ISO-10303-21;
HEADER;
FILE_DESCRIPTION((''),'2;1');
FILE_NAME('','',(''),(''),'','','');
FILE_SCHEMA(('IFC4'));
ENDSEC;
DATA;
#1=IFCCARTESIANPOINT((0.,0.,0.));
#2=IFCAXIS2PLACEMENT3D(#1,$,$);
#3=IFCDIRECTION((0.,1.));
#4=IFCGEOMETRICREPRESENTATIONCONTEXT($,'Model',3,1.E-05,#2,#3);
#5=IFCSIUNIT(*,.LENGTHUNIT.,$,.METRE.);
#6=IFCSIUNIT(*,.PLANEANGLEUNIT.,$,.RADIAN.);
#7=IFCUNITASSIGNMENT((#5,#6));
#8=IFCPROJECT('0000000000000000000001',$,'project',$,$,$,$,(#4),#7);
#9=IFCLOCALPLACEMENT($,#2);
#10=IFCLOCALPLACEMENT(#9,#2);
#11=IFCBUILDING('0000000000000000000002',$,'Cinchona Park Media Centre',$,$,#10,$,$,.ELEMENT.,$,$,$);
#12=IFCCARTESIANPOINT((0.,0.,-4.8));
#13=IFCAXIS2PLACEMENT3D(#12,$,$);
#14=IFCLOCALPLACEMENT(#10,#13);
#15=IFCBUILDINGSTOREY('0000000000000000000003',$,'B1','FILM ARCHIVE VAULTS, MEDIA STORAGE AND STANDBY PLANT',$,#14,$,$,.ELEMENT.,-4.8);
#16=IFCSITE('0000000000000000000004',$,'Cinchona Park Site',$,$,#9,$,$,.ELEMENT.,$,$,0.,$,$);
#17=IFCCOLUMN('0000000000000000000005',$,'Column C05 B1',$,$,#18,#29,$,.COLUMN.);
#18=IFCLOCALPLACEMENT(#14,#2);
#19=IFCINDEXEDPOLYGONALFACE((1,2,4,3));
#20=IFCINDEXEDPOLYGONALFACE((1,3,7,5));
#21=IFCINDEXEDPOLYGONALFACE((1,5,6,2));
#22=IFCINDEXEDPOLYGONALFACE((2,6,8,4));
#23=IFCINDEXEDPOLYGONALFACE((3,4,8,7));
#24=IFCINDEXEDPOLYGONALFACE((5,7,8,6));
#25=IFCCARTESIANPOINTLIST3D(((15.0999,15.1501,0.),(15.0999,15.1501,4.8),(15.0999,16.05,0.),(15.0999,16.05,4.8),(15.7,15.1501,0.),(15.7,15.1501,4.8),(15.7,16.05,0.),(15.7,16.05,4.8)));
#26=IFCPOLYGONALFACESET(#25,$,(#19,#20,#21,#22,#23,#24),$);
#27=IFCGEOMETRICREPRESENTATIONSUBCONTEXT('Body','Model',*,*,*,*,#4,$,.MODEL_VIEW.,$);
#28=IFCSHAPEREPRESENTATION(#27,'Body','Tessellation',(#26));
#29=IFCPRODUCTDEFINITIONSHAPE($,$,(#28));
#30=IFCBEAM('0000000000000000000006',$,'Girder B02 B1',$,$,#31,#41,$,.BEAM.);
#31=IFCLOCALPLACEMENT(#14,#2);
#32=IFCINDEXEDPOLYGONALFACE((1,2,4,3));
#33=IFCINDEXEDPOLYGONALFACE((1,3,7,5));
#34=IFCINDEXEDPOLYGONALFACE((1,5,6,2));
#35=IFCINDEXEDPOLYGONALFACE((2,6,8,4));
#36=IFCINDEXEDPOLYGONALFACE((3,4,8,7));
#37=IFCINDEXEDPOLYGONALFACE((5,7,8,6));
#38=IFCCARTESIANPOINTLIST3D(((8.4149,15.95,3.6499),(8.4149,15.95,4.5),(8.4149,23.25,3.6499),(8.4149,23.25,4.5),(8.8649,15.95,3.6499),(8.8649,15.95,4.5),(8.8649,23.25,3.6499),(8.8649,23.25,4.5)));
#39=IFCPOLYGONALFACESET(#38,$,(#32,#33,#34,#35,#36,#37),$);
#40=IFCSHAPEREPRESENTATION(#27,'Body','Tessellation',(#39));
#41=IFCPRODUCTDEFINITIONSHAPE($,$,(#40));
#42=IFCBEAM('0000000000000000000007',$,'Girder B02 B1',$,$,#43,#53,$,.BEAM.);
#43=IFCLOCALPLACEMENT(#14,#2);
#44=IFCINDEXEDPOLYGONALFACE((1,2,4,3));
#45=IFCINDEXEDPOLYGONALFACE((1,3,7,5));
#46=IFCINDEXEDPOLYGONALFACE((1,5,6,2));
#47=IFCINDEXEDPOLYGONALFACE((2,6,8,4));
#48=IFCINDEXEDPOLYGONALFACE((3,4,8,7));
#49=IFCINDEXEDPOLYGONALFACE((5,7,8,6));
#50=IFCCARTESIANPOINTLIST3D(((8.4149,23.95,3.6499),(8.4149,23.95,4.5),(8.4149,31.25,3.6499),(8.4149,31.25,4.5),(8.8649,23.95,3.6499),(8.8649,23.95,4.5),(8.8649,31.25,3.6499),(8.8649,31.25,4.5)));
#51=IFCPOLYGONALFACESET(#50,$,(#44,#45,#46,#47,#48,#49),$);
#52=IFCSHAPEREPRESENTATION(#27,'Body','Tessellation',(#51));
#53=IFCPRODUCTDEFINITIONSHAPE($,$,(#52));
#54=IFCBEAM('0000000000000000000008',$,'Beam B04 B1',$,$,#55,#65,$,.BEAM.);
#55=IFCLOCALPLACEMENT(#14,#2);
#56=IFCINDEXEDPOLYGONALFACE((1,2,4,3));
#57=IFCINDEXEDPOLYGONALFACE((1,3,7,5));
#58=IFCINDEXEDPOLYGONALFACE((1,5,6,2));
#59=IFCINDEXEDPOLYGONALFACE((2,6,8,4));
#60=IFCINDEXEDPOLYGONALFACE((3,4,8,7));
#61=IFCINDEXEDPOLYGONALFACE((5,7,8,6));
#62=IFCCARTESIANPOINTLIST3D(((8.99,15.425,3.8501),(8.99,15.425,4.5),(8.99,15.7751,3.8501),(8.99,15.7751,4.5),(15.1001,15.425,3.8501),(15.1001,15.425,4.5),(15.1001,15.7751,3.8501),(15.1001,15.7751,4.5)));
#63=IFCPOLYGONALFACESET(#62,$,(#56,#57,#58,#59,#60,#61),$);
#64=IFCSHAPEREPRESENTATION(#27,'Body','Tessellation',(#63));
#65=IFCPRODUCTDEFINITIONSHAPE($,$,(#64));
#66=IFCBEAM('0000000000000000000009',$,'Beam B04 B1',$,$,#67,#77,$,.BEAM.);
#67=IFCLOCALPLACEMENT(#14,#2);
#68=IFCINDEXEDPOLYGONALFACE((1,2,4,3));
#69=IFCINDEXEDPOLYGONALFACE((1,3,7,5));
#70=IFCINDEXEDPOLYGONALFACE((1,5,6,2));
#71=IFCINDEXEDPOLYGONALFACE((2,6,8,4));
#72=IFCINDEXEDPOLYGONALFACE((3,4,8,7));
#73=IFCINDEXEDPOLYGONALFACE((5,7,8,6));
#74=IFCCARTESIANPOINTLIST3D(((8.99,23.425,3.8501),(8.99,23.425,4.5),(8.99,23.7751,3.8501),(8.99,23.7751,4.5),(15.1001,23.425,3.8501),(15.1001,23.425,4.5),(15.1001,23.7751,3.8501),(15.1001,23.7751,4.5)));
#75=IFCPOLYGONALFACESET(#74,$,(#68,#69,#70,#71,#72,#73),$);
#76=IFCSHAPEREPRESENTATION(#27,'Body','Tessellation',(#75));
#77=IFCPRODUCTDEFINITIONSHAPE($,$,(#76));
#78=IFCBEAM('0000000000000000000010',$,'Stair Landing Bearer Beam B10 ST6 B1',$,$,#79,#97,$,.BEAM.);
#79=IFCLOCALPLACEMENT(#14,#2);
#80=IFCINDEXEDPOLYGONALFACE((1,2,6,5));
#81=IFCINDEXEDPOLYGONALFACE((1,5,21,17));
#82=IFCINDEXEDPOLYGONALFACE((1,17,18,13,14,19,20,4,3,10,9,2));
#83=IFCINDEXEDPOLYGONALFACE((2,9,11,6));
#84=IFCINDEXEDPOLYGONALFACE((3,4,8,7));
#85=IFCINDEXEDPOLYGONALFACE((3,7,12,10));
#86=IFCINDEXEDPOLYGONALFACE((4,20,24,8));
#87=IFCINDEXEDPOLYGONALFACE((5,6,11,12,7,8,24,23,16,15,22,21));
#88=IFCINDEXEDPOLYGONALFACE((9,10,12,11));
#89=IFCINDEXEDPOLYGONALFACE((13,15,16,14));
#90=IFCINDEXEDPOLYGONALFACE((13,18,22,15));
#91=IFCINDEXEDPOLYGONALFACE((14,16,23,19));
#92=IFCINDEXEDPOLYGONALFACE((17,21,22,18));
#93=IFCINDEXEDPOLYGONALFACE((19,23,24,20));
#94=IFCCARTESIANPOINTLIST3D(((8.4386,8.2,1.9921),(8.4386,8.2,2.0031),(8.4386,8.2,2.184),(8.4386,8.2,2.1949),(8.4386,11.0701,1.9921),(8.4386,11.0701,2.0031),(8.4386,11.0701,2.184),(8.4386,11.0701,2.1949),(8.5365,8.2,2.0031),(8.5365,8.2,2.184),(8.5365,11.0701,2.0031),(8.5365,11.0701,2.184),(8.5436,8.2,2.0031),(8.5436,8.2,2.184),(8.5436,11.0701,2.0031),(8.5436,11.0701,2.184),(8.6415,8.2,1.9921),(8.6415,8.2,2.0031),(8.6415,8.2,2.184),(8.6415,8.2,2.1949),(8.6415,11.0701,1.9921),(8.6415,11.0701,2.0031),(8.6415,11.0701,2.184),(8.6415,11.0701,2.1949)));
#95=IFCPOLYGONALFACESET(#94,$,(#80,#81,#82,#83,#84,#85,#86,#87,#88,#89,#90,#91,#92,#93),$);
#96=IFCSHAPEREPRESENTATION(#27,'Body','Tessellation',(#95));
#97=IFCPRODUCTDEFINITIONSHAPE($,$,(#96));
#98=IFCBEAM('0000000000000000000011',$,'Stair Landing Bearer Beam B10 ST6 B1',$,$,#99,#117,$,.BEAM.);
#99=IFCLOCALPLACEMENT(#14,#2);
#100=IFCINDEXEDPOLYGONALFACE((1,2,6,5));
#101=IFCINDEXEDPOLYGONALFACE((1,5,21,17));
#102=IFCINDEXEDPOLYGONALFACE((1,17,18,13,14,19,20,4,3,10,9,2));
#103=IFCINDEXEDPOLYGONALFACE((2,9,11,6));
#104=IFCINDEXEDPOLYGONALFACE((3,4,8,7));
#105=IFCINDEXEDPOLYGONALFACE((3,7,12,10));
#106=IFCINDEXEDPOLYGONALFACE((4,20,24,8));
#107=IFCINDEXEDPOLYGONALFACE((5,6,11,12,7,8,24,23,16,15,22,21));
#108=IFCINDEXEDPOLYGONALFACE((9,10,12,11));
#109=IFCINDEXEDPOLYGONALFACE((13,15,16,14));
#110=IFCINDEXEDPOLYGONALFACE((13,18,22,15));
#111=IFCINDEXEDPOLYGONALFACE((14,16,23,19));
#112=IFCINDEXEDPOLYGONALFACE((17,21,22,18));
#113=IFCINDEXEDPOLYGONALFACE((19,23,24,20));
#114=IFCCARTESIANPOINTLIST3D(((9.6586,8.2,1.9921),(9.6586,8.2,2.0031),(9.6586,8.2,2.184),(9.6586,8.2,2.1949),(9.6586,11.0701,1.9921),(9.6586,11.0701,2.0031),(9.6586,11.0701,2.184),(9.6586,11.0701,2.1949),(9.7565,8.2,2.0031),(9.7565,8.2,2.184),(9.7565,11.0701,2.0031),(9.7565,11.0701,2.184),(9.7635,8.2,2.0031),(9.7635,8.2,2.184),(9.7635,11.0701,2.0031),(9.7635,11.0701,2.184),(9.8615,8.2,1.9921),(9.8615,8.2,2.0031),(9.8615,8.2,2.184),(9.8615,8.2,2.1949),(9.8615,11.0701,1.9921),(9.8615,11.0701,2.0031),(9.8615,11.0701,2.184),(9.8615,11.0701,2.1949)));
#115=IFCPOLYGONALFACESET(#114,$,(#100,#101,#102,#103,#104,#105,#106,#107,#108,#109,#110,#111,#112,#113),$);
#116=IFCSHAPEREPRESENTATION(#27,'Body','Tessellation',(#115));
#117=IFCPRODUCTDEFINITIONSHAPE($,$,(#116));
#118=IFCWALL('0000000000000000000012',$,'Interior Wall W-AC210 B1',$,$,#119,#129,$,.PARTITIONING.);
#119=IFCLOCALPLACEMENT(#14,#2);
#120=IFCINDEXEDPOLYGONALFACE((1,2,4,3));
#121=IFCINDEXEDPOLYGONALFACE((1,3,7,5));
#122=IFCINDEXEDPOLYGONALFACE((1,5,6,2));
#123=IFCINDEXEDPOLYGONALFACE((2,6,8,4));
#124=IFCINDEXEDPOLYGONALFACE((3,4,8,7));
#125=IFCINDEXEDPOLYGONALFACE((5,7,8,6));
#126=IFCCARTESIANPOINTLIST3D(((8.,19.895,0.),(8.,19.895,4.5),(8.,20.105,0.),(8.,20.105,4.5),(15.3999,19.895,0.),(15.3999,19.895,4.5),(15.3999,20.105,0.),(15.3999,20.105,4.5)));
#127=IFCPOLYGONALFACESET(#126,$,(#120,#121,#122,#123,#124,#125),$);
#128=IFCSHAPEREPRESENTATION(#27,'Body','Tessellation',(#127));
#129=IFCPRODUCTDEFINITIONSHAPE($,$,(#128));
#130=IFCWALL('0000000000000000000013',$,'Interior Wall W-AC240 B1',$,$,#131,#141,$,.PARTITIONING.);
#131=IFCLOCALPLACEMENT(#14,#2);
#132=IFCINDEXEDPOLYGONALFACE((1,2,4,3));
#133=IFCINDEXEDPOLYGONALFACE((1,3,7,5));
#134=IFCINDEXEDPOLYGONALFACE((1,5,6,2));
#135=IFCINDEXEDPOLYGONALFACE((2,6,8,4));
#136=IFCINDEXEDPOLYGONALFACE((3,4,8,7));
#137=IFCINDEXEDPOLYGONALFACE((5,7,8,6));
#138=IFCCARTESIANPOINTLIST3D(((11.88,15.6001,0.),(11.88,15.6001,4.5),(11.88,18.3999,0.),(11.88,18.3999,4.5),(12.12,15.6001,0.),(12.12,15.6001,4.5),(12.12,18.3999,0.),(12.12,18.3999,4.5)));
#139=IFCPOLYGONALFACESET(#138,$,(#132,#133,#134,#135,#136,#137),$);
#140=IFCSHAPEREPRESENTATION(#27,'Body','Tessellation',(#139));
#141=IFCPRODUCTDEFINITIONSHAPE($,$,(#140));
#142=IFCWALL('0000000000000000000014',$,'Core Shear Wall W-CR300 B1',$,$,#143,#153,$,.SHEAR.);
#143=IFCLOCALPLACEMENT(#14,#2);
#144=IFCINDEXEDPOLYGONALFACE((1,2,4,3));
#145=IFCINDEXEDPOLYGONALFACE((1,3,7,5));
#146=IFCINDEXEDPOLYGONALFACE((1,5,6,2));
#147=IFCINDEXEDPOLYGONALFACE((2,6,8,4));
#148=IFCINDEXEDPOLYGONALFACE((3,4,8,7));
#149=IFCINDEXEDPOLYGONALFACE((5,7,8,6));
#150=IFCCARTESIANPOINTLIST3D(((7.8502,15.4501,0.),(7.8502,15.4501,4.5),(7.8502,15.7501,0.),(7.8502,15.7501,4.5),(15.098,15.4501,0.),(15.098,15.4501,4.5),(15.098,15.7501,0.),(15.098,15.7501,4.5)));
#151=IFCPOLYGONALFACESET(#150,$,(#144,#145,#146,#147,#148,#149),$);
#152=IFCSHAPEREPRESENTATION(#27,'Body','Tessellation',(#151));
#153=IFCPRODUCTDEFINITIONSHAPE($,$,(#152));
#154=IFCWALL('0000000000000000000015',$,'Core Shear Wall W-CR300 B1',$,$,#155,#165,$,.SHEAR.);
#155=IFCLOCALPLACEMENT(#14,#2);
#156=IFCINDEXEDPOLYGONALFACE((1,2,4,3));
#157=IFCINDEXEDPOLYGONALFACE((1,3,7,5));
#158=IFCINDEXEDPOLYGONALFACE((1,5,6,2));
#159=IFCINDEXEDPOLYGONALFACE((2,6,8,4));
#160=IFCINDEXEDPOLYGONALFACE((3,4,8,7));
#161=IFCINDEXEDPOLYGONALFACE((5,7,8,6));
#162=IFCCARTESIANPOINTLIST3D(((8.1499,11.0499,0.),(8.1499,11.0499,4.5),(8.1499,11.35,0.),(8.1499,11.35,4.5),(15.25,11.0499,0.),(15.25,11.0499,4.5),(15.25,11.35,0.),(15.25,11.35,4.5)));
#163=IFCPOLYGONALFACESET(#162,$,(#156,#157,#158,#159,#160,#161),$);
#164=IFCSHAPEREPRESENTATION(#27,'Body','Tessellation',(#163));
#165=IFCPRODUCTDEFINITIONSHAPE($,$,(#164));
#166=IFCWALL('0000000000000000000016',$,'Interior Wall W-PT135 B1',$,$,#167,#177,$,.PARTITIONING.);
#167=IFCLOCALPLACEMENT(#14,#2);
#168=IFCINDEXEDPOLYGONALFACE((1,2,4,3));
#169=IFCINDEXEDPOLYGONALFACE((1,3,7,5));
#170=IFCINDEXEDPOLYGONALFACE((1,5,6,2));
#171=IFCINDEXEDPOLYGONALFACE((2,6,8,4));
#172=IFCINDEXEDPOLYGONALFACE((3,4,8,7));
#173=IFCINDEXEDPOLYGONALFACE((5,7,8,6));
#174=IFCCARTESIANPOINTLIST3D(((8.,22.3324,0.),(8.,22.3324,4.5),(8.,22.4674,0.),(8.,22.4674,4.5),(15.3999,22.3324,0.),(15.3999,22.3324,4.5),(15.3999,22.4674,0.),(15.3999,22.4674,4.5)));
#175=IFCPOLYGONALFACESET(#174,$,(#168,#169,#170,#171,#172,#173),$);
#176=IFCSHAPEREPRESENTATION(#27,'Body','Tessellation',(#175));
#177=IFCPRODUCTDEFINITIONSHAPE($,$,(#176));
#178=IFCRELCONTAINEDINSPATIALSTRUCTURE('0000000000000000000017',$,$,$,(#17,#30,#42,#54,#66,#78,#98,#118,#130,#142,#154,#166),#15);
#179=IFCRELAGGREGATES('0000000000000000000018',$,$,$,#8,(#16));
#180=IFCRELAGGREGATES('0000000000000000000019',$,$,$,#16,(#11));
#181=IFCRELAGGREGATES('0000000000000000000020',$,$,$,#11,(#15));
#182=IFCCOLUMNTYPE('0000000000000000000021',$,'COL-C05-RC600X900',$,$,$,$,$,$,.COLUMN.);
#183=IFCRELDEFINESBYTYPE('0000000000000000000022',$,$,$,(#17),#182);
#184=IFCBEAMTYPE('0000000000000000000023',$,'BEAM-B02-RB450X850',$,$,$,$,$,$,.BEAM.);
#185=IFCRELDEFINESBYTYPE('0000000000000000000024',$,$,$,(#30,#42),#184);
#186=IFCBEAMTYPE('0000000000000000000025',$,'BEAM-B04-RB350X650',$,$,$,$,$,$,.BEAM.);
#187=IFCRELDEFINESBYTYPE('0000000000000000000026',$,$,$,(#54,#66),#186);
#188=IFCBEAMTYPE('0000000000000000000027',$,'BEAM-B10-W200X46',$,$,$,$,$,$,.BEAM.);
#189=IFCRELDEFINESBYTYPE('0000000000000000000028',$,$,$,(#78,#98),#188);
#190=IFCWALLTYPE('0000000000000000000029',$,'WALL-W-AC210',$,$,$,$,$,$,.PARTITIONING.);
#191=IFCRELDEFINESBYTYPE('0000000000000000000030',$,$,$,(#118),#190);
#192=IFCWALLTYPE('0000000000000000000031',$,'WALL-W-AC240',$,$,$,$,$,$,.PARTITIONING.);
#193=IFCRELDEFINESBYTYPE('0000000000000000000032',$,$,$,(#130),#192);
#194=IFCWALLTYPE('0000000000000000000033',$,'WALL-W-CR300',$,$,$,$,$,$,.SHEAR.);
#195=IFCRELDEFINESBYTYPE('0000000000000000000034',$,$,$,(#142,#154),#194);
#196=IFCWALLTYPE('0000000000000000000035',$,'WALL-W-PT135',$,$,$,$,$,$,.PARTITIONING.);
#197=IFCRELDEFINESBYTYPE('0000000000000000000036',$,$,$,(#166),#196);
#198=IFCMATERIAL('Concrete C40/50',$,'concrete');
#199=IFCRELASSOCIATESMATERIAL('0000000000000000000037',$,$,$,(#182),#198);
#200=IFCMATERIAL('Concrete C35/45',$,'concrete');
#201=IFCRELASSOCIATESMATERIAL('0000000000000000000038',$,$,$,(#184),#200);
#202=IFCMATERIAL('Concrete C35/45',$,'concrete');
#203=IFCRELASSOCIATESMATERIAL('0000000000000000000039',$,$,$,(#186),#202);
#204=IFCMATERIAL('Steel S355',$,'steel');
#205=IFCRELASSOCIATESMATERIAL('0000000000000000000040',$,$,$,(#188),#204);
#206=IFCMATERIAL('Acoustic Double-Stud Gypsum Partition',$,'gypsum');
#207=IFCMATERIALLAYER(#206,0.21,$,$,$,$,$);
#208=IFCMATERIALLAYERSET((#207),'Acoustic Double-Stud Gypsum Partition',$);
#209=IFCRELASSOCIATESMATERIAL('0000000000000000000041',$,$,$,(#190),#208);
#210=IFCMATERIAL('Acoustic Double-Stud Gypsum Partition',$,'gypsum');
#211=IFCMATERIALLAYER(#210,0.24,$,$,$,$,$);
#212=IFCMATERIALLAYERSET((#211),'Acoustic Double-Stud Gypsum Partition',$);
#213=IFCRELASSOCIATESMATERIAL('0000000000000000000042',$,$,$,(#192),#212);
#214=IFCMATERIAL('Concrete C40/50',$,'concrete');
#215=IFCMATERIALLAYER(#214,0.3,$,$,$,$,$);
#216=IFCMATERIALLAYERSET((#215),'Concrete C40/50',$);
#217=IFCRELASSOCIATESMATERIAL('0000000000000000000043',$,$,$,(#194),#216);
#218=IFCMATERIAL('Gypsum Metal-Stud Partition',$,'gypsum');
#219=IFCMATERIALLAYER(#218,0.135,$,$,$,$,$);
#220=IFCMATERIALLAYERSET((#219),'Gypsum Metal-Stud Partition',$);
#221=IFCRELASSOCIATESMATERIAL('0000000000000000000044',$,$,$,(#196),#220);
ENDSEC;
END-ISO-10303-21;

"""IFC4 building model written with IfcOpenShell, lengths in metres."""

from ifc_helpers import new_model, si_unit, direction, frame, frame_2d, origin, origin_2d, place, context, subcontext, project, spatial, rectangle, i_section, extrude, material, layer, layer_set, material_profile, profile_set, type_object, element, save


model = new_model("IFC4")

# Units and contexts
model_context = context("Model", 3, precision=1e-05, world=origin(), true_north=direction((0.0, 1.0)))
body_context = subcontext(model_context, "Body", "Model", "MODEL_VIEW")
ifc_project = project(units=[si_unit("LENGTHUNIT", "METRE"), si_unit("PLANEANGLEUNIT", "RADIAN")], contexts=[model_context])

# Site, building, storey
site_placement = place(None, origin())
site = spatial("IfcSite", under=ifc_project, at=site_placement, Name="Cinchona Park Site", CompositionType="ELEMENT", RefElevation=0.0)
building_placement = place(site_placement, origin())
building = spatial("IfcBuilding", under=site, at=building_placement, Name="Cinchona Park Media Centre", CompositionType="ELEMENT")
storey_placement = place(building_placement, frame((0.0, 0.0, -4.8)))
storey = spatial("IfcBuildingStorey", under=building, at=storey_placement, Name="B1", Description="FILM ARCHIVE VAULTS, MEDIA STORAGE AND STANDBY PLANT", CompositionType="ELEMENT", Elevation=-4.8)

# Column
ifc_material_1 = material(Name="Concrete C40/50", Category="concrete")
ifc_material_profile_1 = material_profile(ifc_material_1, rectangle(XDim=0.6001, YDim=0.8999, at=origin_2d()), Name="RC 600X900")
ifc_profile_set_1 = profile_set([ifc_material_profile_1], Name="Concrete C40/50")
column_type_1 = type_object("IfcColumnType", Name="COL-C05-RC600X900", PredefinedType="COLUMN", material=ifc_profile_set_1)
column_placement = place(storey_placement, frame((15.3999, 15.6001, 0.0), z_axis=(0.0, 0.0, 1.0), x_axis=(1.0, 0.0, 0.0)))
element("IfcColumn", 1, at=column_placement, inside=storey, type_object=column_type_1, Name="Column C05 B1", PredefinedType="COLUMN", context=body_context, shape_type="SweptSolid", body=[
    extrude(rectangle(XDim=0.6001, YDim=0.8999, at=origin_2d()), origin(), (0.0, 0.0, 1.0), 4.8),
])

# Beams
ifc_material_2 = material(Name="Concrete C35/45", Category="concrete")
ifc_material_profile_2 = material_profile(ifc_material_2, rectangle(XDim=0.45, YDim=0.8501, at=origin_2d()), Name="RB 450X850")
ifc_profile_set_2 = profile_set([ifc_material_profile_2], Name="Concrete C35/45")
beam_type_1 = type_object("IfcBeamType", Name="BEAM-B02-RB450X850", PredefinedType="BEAM", material=ifc_profile_set_2)
for number, where, z_axis, x_axis, name in (
    (2, (8.6399, 15.95, 4.075), (0.0, 1.0, 0.0), (-1.0, 0.0, 0.0), "Girder B02 B1"),
    (3, (8.6399, 23.95, 4.075), (0.0, 1.0, 0.0), (-1.0, 0.0, 0.0), "Girder B02 B1"),
):
    element("IfcBeam", number, at=place(storey_placement, frame(where, z_axis=z_axis, x_axis=x_axis)), inside=storey, type_object=beam_type_1, Name=name, PredefinedType="BEAM", context=body_context, shape_type="SweptSolid", body=[
        extrude(rectangle(XDim=0.45, YDim=0.8501, at=origin_2d()), origin(), (0.0, 0.0, 1.0), 7.3),
    ])
ifc_material_3 = material(Name="Concrete C35/45", Category="concrete")
ifc_material_profile_3 = material_profile(ifc_material_3, rectangle(XDim=0.3501, YDim=0.6499, at=origin_2d()), Name="RB 350X650")
ifc_profile_set_3 = profile_set([ifc_material_profile_3], Name="Concrete C35/45")
beam_type_2 = type_object("IfcBeamType", Name="BEAM-B04-RB350X650", PredefinedType="BEAM", material=ifc_profile_set_3)
for number, where, z_axis, x_axis, name in (
    (4, (8.99, 15.6001, 4.175), (1.0, 0.0, 0.0), (0.0, 1.0, 0.0), "Beam B04 B1"),
    (5, (8.99, 23.6001, 4.175), (1.0, 0.0, 0.0), (0.0, 1.0, 0.0), "Beam B04 B1"),
):
    element("IfcBeam", number, at=place(storey_placement, frame(where, z_axis=z_axis, x_axis=x_axis)), inside=storey, type_object=beam_type_2, Name=name, PredefinedType="BEAM", context=body_context, shape_type="SweptSolid", body=[
        extrude(rectangle(XDim=0.3501, YDim=0.6499, at=origin_2d()), origin(), (0.0, 0.0, 1.0), 6.1101),
    ])
ifc_material_4 = material(Name="Steel S355", Category="steel")
ifc_material_profile_4 = material_profile(ifc_material_4, i_section(OverallWidth=0.2029, OverallDepth=0.2029, WebThickness=0.0071, FlangeThickness=0.011, at=origin_2d()), Name="W200X46")
ifc_profile_set_4 = profile_set([ifc_material_profile_4], Name="Steel S355")
beam_type_3 = type_object("IfcBeamType", Name="BEAM-B10-W200X46", PredefinedType="BEAM", material=ifc_profile_set_4)
for number, where, z_axis, x_axis, name in (
    (6, (8.54, 11.0701, 2.0935), (0.0, -1.0, 0.0), (1.0, 0.0, 0.0), "Stair Landing Bearer Beam B10 ST6 B1"),
    (7, (9.76, 11.0701, 2.0935), (0.0, -1.0, 0.0), (1.0, 0.0, 0.0), "Stair Landing Bearer Beam B10 ST6 B1"),
):
    element("IfcBeam", number, at=place(storey_placement, frame(where, z_axis=z_axis, x_axis=x_axis)), inside=storey, type_object=beam_type_3, Name=name, PredefinedType="BEAM", context=body_context, shape_type="SweptSolid", body=[
        extrude(i_section(OverallWidth=0.2029, OverallDepth=0.2029, WebThickness=0.0071, FlangeThickness=0.011, at=origin_2d()), origin(), (0.0, 0.0, 1.0), 2.8701),
    ])

# Walls
ifc_material_5 = material(Name="Acoustic Double-Stud Gypsum Partition", Category="gypsum")
ifc_layer_1 = layer(ifc_material_5, 0.21)
ifc_layer_set_1 = layer_set([ifc_layer_1], Name="Acoustic Double-Stud Gypsum Partition")
wall_type_1 = type_object("IfcWallType", Name="WALL-W-AC210", PredefinedType="PARTITIONING", material=ifc_layer_set_1)
wall_1_placement = place(storey_placement, frame((8.0, 20.0, 0.0), z_axis=(0.0, 0.0, 1.0), x_axis=(1.0, 0.0, 0.0)))
element("IfcWall", 8, at=wall_1_placement, inside=storey, type_object=wall_type_1, Name="Interior Wall W-AC210 B1", PredefinedType="PARTITIONING", context=body_context, shape_type="SweptSolid", body=[
    extrude(rectangle(XDim=7.3999, YDim=0.21, at=frame_2d((3.7, 0.0))), origin(), (0.0, 0.0, 1.0), 4.5),
])
ifc_material_6 = material(Name="Acoustic Double-Stud Gypsum Partition", Category="gypsum")
ifc_layer_2 = layer(ifc_material_6, 0.24)
ifc_layer_set_2 = layer_set([ifc_layer_2], Name="Acoustic Double-Stud Gypsum Partition")
wall_type_2 = type_object("IfcWallType", Name="WALL-W-AC240", PredefinedType="PARTITIONING", material=ifc_layer_set_2)
wall_2_placement = place(storey_placement, frame((12.0, 15.6001, 0.0), z_axis=(0.0, 0.0, 1.0), x_axis=(0.0, 1.0, 0.0)))
element("IfcWall", 9, at=wall_2_placement, inside=storey, type_object=wall_type_2, Name="Interior Wall W-AC240 B1", PredefinedType="PARTITIONING", context=body_context, shape_type="SweptSolid", body=[
    extrude(rectangle(XDim=2.7998, YDim=0.24, at=frame_2d((1.3999, 0.0))), origin(), (0.0, 0.0, 1.0), 4.5),
])
ifc_material_7 = material(Name="Concrete C40/50", Category="concrete")
ifc_layer_3 = layer(ifc_material_7, 0.3)
ifc_layer_set_3 = layer_set([ifc_layer_3], Name="Concrete C40/50")
wall_type_3 = type_object("IfcWallType", Name="WALL-W-CR300", PredefinedType="SHEAR", material=ifc_layer_set_3)
wall_3_placement = place(storey_placement, frame((7.8501, 15.6001, 0.0), z_axis=(0.0, 0.0, 1.0), x_axis=(1.0, 0.0, 0.0)))
element("IfcWall", 10, at=wall_3_placement, inside=storey, type_object=wall_type_3, Name="Core Shear Wall W-CR300 B1", PredefinedType="SHEAR", context=body_context, shape_type="SweptSolid", body=[
    extrude(rectangle(XDim=7.2478, YDim=0.3, at=frame_2d((3.624, 0.0))), origin(), (0.0, 0.0, 1.0), 4.5),
])
wall_4_placement = place(storey_placement, frame((8.1499, 11.2, 0.0), z_axis=(0.0, 0.0, 1.0), x_axis=(1.0, 0.0, 0.0)))
element("IfcWall", 11, at=wall_4_placement, inside=storey, type_object=wall_type_3, Name="Core Shear Wall W-CR300 B1", PredefinedType="SHEAR", context=body_context, shape_type="SweptSolid", body=[
    extrude(rectangle(XDim=7.1001, YDim=0.3, at=frame_2d((3.55, 0.0))), origin(), (0.0, 0.0, 1.0), 4.5),
])
ifc_material_8 = material(Name="Gypsum Metal-Stud Partition", Category="gypsum")
ifc_layer_4 = layer(ifc_material_8, 0.135)
ifc_layer_set_4 = layer_set([ifc_layer_4], Name="Gypsum Metal-Stud Partition")
wall_type_4 = type_object("IfcWallType", Name="WALL-W-PT135", PredefinedType="PARTITIONING", material=ifc_layer_set_4)
wall_5_placement = place(storey_placement, frame((8.0, 22.3999, 0.0), z_axis=(0.0, 0.0, 1.0), x_axis=(1.0, 0.0, 0.0)))
element("IfcWall", 12, at=wall_5_placement, inside=storey, type_object=wall_type_4, Name="Interior Wall W-PT135 B1", PredefinedType="PARTITIONING", context=body_context, shape_type="SweptSolid", body=[
    extrude(rectangle(XDim=7.3999, YDim=0.135, at=frame_2d((3.7, 0.0))), origin(), (0.0, 0.0, 1.0), 4.5),
])

save(model, "model.ifc")
